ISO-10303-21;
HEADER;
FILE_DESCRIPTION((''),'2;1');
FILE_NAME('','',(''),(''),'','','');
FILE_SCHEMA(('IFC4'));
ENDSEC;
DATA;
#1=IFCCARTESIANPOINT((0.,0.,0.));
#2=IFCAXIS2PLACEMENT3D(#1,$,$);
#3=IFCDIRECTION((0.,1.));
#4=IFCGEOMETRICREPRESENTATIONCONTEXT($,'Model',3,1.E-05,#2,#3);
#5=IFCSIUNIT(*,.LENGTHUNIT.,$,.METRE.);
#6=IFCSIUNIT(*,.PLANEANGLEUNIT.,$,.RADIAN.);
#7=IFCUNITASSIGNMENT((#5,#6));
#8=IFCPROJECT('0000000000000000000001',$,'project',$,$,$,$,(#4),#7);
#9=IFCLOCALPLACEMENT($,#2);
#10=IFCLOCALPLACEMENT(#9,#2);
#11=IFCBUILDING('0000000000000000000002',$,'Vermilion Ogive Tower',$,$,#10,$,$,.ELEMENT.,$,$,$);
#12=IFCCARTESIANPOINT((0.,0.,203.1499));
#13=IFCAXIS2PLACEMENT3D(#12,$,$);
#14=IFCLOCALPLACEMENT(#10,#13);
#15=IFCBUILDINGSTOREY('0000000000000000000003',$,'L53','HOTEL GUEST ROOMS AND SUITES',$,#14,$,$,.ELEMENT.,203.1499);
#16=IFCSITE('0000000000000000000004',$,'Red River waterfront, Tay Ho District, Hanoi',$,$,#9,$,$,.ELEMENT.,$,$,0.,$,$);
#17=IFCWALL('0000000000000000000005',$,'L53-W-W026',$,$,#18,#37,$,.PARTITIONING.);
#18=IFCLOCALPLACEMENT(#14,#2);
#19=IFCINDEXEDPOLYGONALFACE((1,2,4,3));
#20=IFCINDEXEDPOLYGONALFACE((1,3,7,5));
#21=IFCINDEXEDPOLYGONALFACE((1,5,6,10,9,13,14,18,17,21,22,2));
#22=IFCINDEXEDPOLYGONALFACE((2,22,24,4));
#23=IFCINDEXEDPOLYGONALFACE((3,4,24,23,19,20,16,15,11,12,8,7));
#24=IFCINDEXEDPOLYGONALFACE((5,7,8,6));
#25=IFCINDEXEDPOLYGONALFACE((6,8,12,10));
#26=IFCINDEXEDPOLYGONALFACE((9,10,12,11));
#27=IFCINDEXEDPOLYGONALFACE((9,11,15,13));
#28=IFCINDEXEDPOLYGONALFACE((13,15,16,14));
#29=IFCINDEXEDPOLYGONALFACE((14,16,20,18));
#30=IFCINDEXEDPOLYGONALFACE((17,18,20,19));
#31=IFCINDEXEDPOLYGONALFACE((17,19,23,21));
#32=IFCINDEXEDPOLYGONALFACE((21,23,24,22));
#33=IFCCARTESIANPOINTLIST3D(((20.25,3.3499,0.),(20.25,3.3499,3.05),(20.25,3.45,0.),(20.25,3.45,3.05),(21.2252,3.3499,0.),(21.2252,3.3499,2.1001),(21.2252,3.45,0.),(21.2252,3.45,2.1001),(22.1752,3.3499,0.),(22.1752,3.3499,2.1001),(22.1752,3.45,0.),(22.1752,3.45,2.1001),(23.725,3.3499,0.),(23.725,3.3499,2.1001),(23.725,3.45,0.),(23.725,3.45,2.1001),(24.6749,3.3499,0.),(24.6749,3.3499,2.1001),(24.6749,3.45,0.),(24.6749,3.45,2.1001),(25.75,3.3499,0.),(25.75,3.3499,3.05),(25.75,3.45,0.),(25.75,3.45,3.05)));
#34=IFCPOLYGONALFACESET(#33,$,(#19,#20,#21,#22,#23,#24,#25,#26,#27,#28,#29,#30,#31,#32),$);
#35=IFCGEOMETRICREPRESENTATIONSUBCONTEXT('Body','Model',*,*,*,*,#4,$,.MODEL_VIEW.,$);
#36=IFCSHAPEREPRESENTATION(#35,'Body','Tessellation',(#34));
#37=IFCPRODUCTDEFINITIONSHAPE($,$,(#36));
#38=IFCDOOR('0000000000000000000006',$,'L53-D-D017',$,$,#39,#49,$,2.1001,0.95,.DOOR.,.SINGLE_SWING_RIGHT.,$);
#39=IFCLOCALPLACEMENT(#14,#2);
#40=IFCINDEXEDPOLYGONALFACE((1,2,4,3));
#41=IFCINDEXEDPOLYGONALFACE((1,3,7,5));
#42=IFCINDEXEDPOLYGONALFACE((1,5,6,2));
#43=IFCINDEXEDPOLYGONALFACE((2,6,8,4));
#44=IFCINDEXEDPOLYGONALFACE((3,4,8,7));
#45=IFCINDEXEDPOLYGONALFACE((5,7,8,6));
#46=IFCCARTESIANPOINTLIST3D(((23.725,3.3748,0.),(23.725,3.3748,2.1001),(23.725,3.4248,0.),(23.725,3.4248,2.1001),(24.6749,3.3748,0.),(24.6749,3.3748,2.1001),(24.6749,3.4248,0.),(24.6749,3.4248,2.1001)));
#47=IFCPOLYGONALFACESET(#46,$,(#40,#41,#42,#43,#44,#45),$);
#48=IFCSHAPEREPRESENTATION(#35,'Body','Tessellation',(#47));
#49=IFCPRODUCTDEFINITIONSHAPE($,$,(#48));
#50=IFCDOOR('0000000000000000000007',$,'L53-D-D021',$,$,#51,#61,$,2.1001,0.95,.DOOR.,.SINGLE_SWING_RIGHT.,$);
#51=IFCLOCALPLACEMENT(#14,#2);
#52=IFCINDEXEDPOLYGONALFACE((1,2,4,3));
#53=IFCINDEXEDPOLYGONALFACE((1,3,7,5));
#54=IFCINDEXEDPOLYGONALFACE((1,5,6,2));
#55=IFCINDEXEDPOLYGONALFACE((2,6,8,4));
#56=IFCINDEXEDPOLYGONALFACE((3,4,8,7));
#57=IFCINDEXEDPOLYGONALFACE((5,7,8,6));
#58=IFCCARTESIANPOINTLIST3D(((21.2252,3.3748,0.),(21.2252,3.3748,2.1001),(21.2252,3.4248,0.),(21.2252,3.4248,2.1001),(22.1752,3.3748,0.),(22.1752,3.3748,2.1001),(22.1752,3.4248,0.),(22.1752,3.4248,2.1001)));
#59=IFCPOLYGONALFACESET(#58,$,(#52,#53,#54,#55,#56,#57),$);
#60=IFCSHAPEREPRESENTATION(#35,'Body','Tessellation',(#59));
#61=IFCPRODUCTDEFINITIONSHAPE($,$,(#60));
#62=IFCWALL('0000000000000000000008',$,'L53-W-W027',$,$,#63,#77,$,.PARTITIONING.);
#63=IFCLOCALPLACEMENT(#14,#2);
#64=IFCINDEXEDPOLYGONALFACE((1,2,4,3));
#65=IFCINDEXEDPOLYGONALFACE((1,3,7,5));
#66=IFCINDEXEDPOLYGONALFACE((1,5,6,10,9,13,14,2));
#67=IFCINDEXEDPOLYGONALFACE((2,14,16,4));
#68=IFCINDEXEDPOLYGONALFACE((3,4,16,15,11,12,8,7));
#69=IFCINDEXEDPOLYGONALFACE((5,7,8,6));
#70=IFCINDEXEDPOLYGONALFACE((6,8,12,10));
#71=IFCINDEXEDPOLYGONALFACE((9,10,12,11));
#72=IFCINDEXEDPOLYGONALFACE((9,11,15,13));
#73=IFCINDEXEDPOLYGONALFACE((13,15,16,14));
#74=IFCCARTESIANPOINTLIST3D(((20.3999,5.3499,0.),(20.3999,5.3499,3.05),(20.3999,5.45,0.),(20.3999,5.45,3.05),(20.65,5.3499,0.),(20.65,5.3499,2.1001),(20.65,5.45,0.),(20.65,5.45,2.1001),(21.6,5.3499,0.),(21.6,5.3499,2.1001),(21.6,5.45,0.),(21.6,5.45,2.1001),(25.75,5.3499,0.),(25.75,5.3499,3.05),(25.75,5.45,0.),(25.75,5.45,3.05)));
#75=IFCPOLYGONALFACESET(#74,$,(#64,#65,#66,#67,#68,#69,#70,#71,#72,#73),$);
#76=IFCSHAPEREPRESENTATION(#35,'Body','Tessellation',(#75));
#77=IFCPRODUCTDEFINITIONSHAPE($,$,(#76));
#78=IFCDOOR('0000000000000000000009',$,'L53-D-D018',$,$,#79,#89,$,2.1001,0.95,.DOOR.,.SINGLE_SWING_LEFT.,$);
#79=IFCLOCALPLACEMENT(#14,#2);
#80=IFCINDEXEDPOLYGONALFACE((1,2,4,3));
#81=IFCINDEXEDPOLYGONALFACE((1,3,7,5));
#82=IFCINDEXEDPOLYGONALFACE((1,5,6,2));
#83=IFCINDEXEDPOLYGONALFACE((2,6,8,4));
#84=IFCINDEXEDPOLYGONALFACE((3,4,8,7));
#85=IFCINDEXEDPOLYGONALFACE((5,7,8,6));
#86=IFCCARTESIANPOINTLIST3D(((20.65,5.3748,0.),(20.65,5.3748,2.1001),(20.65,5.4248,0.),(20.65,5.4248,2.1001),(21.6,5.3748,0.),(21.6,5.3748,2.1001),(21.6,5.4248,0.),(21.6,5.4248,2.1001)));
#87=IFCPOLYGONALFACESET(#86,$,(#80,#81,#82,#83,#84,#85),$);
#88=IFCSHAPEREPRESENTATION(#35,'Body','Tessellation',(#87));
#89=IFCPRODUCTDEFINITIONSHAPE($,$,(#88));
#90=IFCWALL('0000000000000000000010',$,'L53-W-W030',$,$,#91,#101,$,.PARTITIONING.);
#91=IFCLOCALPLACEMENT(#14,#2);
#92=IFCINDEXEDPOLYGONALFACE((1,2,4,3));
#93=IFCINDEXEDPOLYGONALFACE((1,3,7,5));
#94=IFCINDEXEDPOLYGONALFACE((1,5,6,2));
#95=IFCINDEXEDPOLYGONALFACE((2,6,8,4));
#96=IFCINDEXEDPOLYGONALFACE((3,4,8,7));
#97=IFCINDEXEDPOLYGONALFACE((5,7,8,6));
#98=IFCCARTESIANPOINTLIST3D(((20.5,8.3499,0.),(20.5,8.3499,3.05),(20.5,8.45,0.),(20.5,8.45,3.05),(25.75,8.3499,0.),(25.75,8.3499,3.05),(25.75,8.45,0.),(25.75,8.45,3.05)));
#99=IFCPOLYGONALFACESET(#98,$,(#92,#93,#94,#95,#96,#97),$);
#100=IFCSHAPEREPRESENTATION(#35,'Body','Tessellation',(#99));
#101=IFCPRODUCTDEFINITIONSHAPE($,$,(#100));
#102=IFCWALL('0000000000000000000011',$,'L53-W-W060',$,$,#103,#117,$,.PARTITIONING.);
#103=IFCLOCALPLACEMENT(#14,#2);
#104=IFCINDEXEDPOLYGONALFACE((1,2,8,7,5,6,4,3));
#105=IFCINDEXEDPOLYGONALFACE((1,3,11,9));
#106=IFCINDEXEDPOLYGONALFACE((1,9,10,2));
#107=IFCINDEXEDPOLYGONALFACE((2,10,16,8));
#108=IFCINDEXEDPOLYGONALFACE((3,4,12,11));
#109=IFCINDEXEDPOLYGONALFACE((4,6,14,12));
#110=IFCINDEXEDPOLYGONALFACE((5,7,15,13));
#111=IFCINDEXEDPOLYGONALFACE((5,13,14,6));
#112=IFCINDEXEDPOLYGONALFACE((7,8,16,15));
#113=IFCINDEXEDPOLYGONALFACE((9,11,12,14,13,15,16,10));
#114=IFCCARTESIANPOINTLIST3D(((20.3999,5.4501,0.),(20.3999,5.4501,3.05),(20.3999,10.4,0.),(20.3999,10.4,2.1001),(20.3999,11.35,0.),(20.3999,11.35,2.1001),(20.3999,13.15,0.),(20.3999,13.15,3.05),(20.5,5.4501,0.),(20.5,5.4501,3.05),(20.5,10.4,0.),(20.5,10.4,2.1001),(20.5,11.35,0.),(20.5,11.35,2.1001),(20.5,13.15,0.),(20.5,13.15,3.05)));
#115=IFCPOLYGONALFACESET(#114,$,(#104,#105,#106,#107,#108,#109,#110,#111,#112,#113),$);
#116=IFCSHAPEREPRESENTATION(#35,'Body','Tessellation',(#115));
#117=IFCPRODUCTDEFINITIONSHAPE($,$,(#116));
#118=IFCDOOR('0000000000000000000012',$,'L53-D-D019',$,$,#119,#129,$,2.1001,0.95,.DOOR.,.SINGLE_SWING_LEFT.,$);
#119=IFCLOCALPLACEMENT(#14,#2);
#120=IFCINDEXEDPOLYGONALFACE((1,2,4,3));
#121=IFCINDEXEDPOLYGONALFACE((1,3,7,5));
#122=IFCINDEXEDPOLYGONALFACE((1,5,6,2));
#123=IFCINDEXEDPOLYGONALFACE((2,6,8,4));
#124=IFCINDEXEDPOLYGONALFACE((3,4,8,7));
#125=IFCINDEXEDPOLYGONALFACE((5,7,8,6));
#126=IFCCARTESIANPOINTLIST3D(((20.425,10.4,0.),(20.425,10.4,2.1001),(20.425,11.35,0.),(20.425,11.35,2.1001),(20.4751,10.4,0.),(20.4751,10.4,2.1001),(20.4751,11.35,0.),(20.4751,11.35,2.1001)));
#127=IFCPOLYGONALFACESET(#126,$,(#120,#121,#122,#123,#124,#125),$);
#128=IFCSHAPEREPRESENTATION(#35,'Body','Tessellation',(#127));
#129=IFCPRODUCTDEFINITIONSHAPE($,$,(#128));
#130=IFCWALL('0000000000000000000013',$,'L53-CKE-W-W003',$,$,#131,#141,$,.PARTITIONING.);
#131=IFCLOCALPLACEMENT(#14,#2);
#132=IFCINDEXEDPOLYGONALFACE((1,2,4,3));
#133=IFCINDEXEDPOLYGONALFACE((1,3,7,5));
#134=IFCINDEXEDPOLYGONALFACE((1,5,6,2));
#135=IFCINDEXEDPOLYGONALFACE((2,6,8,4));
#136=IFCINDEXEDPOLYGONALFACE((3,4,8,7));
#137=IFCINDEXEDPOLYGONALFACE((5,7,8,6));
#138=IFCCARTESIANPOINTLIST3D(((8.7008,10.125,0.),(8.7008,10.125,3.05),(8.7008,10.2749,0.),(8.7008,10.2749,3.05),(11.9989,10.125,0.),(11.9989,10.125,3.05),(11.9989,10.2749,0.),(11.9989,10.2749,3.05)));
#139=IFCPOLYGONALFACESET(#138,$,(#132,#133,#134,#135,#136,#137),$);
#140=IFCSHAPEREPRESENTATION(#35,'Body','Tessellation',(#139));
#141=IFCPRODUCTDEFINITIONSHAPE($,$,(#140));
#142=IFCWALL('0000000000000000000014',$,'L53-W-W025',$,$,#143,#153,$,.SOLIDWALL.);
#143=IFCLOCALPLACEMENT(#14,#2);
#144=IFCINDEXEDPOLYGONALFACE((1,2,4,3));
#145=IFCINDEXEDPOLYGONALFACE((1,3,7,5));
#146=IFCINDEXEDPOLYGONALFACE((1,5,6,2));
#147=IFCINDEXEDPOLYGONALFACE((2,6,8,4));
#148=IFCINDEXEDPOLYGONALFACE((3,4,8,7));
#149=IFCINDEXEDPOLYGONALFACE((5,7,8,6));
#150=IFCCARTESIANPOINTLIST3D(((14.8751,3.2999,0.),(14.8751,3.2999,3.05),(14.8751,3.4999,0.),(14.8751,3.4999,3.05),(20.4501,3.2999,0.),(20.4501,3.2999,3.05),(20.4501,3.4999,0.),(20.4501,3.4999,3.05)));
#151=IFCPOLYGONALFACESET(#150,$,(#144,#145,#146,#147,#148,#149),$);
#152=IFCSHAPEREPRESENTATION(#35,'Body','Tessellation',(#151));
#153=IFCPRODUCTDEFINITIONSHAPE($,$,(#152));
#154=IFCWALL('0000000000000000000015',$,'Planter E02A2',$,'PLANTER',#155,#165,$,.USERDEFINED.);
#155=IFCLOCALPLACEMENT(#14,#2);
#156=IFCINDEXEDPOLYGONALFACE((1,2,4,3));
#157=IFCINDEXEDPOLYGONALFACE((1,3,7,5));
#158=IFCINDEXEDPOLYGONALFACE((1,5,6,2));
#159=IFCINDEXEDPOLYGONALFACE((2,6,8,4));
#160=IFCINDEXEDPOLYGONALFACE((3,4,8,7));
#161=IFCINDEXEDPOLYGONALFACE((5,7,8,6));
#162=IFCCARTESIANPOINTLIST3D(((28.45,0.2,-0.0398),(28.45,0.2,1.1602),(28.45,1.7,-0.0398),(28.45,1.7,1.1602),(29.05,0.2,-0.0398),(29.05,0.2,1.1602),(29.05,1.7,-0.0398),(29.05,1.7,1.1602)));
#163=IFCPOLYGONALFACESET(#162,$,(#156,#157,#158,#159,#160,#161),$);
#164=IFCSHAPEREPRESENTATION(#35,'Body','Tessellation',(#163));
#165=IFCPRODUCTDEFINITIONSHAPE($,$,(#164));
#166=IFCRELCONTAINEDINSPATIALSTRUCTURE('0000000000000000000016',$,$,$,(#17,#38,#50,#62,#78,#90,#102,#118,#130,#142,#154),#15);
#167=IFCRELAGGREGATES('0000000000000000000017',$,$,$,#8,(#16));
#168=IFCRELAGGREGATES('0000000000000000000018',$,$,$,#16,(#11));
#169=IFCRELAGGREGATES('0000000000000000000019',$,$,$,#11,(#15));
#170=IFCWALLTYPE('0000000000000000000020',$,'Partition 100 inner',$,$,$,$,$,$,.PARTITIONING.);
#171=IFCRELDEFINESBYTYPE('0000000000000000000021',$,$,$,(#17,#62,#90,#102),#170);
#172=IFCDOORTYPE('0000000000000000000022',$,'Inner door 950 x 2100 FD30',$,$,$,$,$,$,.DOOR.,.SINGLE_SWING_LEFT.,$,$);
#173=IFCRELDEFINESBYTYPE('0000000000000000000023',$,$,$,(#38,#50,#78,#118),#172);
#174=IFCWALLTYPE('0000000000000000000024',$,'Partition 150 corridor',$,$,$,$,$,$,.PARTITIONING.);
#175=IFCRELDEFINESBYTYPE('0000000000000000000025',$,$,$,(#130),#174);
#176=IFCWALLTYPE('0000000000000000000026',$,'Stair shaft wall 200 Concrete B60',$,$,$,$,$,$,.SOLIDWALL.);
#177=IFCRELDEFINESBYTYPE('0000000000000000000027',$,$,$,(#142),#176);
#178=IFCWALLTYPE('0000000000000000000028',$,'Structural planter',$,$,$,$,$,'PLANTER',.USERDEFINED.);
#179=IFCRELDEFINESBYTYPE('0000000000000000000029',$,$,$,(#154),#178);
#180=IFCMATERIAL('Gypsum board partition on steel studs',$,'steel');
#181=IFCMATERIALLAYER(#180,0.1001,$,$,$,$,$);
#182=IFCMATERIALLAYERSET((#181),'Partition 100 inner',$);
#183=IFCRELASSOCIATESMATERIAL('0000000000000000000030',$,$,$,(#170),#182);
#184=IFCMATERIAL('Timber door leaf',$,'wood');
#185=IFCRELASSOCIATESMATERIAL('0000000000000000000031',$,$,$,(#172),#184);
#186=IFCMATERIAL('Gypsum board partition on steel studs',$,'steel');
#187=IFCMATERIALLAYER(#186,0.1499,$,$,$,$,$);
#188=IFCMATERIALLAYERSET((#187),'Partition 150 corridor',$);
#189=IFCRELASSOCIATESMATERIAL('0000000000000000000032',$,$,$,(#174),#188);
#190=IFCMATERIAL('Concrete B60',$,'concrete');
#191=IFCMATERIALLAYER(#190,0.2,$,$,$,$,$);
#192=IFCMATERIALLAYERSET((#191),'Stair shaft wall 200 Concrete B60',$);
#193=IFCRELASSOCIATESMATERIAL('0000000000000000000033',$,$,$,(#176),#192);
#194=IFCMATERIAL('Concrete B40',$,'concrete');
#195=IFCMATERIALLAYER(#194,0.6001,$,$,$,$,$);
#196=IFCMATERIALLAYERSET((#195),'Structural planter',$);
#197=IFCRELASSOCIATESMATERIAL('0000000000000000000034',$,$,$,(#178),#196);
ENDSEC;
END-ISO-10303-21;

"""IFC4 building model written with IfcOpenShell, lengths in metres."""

from ifc_helpers import new_model, si_unit, direction, frame, frame_2d, origin, place, context, subcontext, project, spatial, rectangle, extrude, material, layer, layer_set, type_object, element, fill, save


model = new_model("IFC4")

# Units and contexts
model_context = context("Model", 3, precision=1e-05, world=origin(), true_north=direction((0.0, 1.0)))
body_context = subcontext(model_context, "Body", "Model", "MODEL_VIEW")
ifc_project = project(units=[si_unit("LENGTHUNIT", "METRE"), si_unit("PLANEANGLEUNIT", "RADIAN")], contexts=[model_context])

# Site, building, storey
site_placement = place(None, origin())
site = spatial("IfcSite", under=ifc_project, at=site_placement, Name="Red River waterfront, Tay Ho District, Hanoi", CompositionType="ELEMENT", RefElevation=0.0)
building_placement = place(site_placement, origin())
building = spatial("IfcBuilding", under=site, at=building_placement, Name="Vermilion Ogive Tower", CompositionType="ELEMENT")
storey_placement = place(building_placement, frame((0.0, 0.0, 203.1499)))
storey = spatial("IfcBuildingStorey", under=building, at=storey_placement, Name="L53", Description="HOTEL GUEST ROOMS AND SUITES", CompositionType="ELEMENT", Elevation=203.1499)

# Wall, openings, doors
ifc_material_1 = material(Name="Gypsum board partition on steel studs", Category="steel")
ifc_layer_1 = layer(ifc_material_1, 0.1001)
ifc_layer_set_1 = layer_set([ifc_layer_1], Name="Partition 100 inner")
wall_type_1 = type_object("IfcWallType", Name="Partition 100 inner", PredefinedType="PARTITIONING", material=ifc_layer_set_1)
wall_1_placement = place(storey_placement, frame((20.25, 3.3999, 0.0), z_axis=(0.0, 0.0, 1.0), x_axis=(1.0, 0.0, 0.0)))
wall_1 = element("IfcWall", 1, at=wall_1_placement, inside=storey, type_object=wall_type_1, Name="L53-W-W026", PredefinedType="PARTITIONING", context=body_context, shape_type="SweptSolid", body=[
    extrude(rectangle(XDim=5.5, YDim=0.1001, at=frame_2d((2.75, 0.0))), origin(), (0.0, 0.0, 1.0), 3.05),
])
opening_1_placement = place(wall_1_placement, frame((3.4749, 0.0, 0.0)))
opening_1 = element("IfcOpeningElement", 2, at=opening_1_placement, cuts=wall_1, PredefinedType="OPENING", context=body_context, shape_type="SweptSolid", body=[
    extrude(rectangle(XDim=0.95, YDim=2.1001, at=frame_2d((0.4751, 1.05))), frame((0.0, 0.0601, 0.0), z_axis=(0.0, -1.0, 0.0), x_axis=(1.0, 0.0, 0.0)), (0.0, 0.0, 1.0), 0.1201),
])
opening_2_placement = place(wall_1_placement, frame((0.9751, 0.0, 0.0)))
opening_2 = element("IfcOpeningElement", 3, at=opening_2_placement, cuts=wall_1, PredefinedType="OPENING", context=body_context, shape_type="SweptSolid", body=[
    extrude(rectangle(XDim=0.95, YDim=2.1001, at=frame_2d((0.4751, 1.05))), frame((0.0, 0.0601, 0.0), z_axis=(0.0, -1.0, 0.0), x_axis=(1.0, 0.0, 0.0)), (0.0, 0.0, 1.0), 0.1201),
])
ifc_material_2 = material(Name="Timber door leaf", Category="wood")
door_type = type_object("IfcDoorType", Name="Inner door 950 x 2100 FD30", OperationType="SINGLE_SWING_LEFT", PredefinedType="DOOR", material=ifc_material_2)
door_1_placement = place(opening_1_placement, origin())
door_1 = element("IfcDoor", 4, at=door_1_placement, inside=storey, type_object=door_type, Name="L53-D-D017", OperationType="SINGLE_SWING_RIGHT", OverallHeight=2.1001, OverallWidth=0.95, PredefinedType="DOOR", context=body_context, shape_type="SweptSolid", body=[
    extrude(rectangle(XDim=0.95, YDim=2.1001, at=frame_2d((0.4751, 1.05))), frame((0.0, 0.0249, 0.0), z_axis=(0.0, -1.0, 0.0), x_axis=(1.0, 0.0, 0.0)), (0.0, 0.0, 1.0), 0.05),
])
fill(opening_1, door_1)
door_2_placement = place(opening_2_placement, origin())
door_2 = element("IfcDoor", 5, at=door_2_placement, inside=storey, type_object=door_type, Name="L53-D-D021", OperationType="SINGLE_SWING_RIGHT", OverallHeight=2.1001, OverallWidth=0.95, PredefinedType="DOOR", context=body_context, shape_type="SweptSolid", body=[
    extrude(rectangle(XDim=0.95, YDim=2.1001, at=frame_2d((0.4751, 1.05))), frame((0.0, 0.0249, 0.0), z_axis=(0.0, -1.0, 0.0), x_axis=(1.0, 0.0, 0.0)), (0.0, 0.0, 1.0), 0.05),
])
fill(opening_2, door_2)

# Wall, opening, door
wall_2_placement = place(storey_placement, frame((20.3999, 5.3999, 0.0), z_axis=(0.0, 0.0, 1.0), x_axis=(1.0, 0.0, 0.0)))
wall_2 = element("IfcWall", 6, at=wall_2_placement, inside=storey, type_object=wall_type_1, Name="L53-W-W027", PredefinedType="PARTITIONING", context=body_context, shape_type="SweptSolid", body=[
    extrude(rectangle(XDim=5.3501, YDim=0.1001, at=frame_2d((2.675, 0.0))), origin(), (0.0, 0.0, 1.0), 3.05),
])
opening_3_placement = place(wall_2_placement, frame((0.25, 0.0, 0.0)))
opening_3 = element("IfcOpeningElement", 7, at=opening_3_placement, cuts=wall_2, PredefinedType="OPENING", context=body_context, shape_type="SweptSolid", body=[
    extrude(rectangle(XDim=0.95, YDim=2.1001, at=frame_2d((0.4751, 1.05))), frame((0.0, 0.0601, 0.0), z_axis=(0.0, -1.0, 0.0), x_axis=(1.0, 0.0, 0.0)), (0.0, 0.0, 1.0), 0.1201),
])
door_3_placement = place(opening_3_placement, origin())
door_3 = element("IfcDoor", 8, at=door_3_placement, inside=storey, type_object=door_type, Name="L53-D-D018", OperationType="SINGLE_SWING_LEFT", OverallHeight=2.1001, OverallWidth=0.95, PredefinedType="DOOR", context=body_context, shape_type="SweptSolid", body=[
    extrude(rectangle(XDim=0.95, YDim=2.1001, at=frame_2d((0.4751, 1.05))), frame((0.0, 0.0249, 0.0), z_axis=(0.0, -1.0, 0.0), x_axis=(1.0, 0.0, 0.0)), (0.0, 0.0, 1.0), 0.05),
])
fill(opening_3, door_3)

# Wall
wall_3_placement = place(storey_placement, frame((20.5, 8.3999, 0.0), z_axis=(0.0, 0.0, 1.0), x_axis=(1.0, 0.0, 0.0)))
element("IfcWall", 9, at=wall_3_placement, inside=storey, type_object=wall_type_1, Name="L53-W-W030", PredefinedType="PARTITIONING", context=body_context, shape_type="SweptSolid", body=[
    extrude(rectangle(XDim=5.25, YDim=0.1001, at=frame_2d((2.625, 0.0))), origin(), (0.0, 0.0, 1.0), 3.05),
])

# Wall, opening, door
wall_4_placement = place(storey_placement, frame((20.45, 5.45, 0.0), z_axis=(0.0, 0.0, 1.0), x_axis=(0.0, 1.0, 0.0)))
wall_4 = element("IfcWall", 10, at=wall_4_placement, inside=storey, type_object=wall_type_1, Name="L53-W-W060", PredefinedType="PARTITIONING", context=body_context, shape_type="SweptSolid", body=[
    extrude(rectangle(XDim=7.7, YDim=0.1001, at=frame_2d((3.8501, 0.0))), origin(), (0.0, 0.0, 1.0), 3.05),
])
opening_4_placement = place(wall_4_placement, frame((4.95, 0.0, 0.0)))
opening_4 = element("IfcOpeningElement", 11, at=opening_4_placement, cuts=wall_4, PredefinedType="OPENING", context=body_context, shape_type="SweptSolid", body=[
    extrude(rectangle(XDim=0.95, YDim=2.1001, at=frame_2d((0.4751, 1.05))), frame((0.0, 0.0601, 0.0), z_axis=(0.0, -1.0, 0.0), x_axis=(1.0, 0.0, 0.0)), (0.0, 0.0, 1.0), 0.1201),
])
door_4_placement = place(opening_4_placement, origin())
door_4 = element("IfcDoor", 12, at=door_4_placement, inside=storey, type_object=door_type, Name="L53-D-D019", OperationType="SINGLE_SWING_LEFT", OverallHeight=2.1001, OverallWidth=0.95, PredefinedType="DOOR", context=body_context, shape_type="SweptSolid", body=[
    extrude(rectangle(XDim=0.95, YDim=2.1001, at=frame_2d((0.4751, 1.05))), frame((0.0, 0.0249, 0.0), z_axis=(0.0, -1.0, 0.0), x_axis=(1.0, 0.0, 0.0)), (0.0, 0.0, 1.0), 0.05),
])
fill(opening_4, door_4)

# Walls
ifc_material_3 = material(Name="Gypsum board partition on steel studs", Category="steel")
ifc_layer_2 = layer(ifc_material_3, 0.1499)
ifc_layer_set_2 = layer_set([ifc_layer_2], Name="Partition 150 corridor")
wall_type_2 = type_object("IfcWallType", Name="Partition 150 corridor", PredefinedType="PARTITIONING", material=ifc_layer_set_2)
wall_5_placement = place(storey_placement, frame((8.7009, 10.2, 0.0), z_axis=(0.0, 0.0, 1.0), x_axis=(1.0, 0.0, 0.0)))
element("IfcWall", 13, at=wall_5_placement, inside=storey, type_object=wall_type_2, Name="L53-CKE-W-W003", PredefinedType="PARTITIONING", context=body_context, shape_type="SweptSolid", body=[
    extrude(rectangle(XDim=3.2981, YDim=0.1499, at=frame_2d((1.6489, 0.0))), origin(), (0.0, 0.0, 1.0), 3.05),
])
ifc_material_4 = material(Name="Concrete B60", Category="concrete")
ifc_layer_3 = layer(ifc_material_4, 0.2)
ifc_layer_set_3 = layer_set([ifc_layer_3], Name="Stair shaft wall 200 Concrete B60")
wall_type_3 = type_object("IfcWallType", Name="Stair shaft wall 200 Concrete B60", PredefinedType="SOLIDWALL", material=ifc_layer_set_3)
wall_6_placement = place(storey_placement, frame((14.875, 3.3999, 0.0), z_axis=(0.0, 0.0, 1.0), x_axis=(1.0, 0.0, 0.0)))
element("IfcWall", 14, at=wall_6_placement, inside=storey, type_object=wall_type_3, Name="L53-W-W025", PredefinedType="SOLIDWALL", context=body_context, shape_type="SweptSolid", body=[
    extrude(rectangle(XDim=5.575, YDim=0.2, at=frame_2d((2.7876, 0.0))), origin(), (0.0, 0.0, 1.0), 3.05),
])
ifc_material_5 = material(Name="Concrete B40", Category="concrete")
ifc_layer_4 = layer(ifc_material_5, 0.6001)
ifc_layer_set_4 = layer_set([ifc_layer_4], Name="Structural planter")
wall_type_4 = type_object("IfcWallType", Name="Structural planter", ElementType="PLANTER", PredefinedType="USERDEFINED", material=ifc_layer_set_4)
wall_7_placement = place(storey_placement, frame((28.75, 0.2, -0.0398), z_axis=(0.0, 0.0, 1.0), x_axis=(0.0, 1.0, 0.0)))
element("IfcWall", 15, at=wall_7_placement, inside=storey, type_object=wall_type_4, Name="Planter E02A2", ObjectType="PLANTER", PredefinedType="USERDEFINED", context=body_context, shape_type="SweptSolid", body=[
    extrude(rectangle(XDim=1.5, YDim=0.6001, at=frame_2d((0.75, 0.0))), origin(), (0.0, 0.0, 1.0), 1.2),
])

save(model, "model.ifc")
